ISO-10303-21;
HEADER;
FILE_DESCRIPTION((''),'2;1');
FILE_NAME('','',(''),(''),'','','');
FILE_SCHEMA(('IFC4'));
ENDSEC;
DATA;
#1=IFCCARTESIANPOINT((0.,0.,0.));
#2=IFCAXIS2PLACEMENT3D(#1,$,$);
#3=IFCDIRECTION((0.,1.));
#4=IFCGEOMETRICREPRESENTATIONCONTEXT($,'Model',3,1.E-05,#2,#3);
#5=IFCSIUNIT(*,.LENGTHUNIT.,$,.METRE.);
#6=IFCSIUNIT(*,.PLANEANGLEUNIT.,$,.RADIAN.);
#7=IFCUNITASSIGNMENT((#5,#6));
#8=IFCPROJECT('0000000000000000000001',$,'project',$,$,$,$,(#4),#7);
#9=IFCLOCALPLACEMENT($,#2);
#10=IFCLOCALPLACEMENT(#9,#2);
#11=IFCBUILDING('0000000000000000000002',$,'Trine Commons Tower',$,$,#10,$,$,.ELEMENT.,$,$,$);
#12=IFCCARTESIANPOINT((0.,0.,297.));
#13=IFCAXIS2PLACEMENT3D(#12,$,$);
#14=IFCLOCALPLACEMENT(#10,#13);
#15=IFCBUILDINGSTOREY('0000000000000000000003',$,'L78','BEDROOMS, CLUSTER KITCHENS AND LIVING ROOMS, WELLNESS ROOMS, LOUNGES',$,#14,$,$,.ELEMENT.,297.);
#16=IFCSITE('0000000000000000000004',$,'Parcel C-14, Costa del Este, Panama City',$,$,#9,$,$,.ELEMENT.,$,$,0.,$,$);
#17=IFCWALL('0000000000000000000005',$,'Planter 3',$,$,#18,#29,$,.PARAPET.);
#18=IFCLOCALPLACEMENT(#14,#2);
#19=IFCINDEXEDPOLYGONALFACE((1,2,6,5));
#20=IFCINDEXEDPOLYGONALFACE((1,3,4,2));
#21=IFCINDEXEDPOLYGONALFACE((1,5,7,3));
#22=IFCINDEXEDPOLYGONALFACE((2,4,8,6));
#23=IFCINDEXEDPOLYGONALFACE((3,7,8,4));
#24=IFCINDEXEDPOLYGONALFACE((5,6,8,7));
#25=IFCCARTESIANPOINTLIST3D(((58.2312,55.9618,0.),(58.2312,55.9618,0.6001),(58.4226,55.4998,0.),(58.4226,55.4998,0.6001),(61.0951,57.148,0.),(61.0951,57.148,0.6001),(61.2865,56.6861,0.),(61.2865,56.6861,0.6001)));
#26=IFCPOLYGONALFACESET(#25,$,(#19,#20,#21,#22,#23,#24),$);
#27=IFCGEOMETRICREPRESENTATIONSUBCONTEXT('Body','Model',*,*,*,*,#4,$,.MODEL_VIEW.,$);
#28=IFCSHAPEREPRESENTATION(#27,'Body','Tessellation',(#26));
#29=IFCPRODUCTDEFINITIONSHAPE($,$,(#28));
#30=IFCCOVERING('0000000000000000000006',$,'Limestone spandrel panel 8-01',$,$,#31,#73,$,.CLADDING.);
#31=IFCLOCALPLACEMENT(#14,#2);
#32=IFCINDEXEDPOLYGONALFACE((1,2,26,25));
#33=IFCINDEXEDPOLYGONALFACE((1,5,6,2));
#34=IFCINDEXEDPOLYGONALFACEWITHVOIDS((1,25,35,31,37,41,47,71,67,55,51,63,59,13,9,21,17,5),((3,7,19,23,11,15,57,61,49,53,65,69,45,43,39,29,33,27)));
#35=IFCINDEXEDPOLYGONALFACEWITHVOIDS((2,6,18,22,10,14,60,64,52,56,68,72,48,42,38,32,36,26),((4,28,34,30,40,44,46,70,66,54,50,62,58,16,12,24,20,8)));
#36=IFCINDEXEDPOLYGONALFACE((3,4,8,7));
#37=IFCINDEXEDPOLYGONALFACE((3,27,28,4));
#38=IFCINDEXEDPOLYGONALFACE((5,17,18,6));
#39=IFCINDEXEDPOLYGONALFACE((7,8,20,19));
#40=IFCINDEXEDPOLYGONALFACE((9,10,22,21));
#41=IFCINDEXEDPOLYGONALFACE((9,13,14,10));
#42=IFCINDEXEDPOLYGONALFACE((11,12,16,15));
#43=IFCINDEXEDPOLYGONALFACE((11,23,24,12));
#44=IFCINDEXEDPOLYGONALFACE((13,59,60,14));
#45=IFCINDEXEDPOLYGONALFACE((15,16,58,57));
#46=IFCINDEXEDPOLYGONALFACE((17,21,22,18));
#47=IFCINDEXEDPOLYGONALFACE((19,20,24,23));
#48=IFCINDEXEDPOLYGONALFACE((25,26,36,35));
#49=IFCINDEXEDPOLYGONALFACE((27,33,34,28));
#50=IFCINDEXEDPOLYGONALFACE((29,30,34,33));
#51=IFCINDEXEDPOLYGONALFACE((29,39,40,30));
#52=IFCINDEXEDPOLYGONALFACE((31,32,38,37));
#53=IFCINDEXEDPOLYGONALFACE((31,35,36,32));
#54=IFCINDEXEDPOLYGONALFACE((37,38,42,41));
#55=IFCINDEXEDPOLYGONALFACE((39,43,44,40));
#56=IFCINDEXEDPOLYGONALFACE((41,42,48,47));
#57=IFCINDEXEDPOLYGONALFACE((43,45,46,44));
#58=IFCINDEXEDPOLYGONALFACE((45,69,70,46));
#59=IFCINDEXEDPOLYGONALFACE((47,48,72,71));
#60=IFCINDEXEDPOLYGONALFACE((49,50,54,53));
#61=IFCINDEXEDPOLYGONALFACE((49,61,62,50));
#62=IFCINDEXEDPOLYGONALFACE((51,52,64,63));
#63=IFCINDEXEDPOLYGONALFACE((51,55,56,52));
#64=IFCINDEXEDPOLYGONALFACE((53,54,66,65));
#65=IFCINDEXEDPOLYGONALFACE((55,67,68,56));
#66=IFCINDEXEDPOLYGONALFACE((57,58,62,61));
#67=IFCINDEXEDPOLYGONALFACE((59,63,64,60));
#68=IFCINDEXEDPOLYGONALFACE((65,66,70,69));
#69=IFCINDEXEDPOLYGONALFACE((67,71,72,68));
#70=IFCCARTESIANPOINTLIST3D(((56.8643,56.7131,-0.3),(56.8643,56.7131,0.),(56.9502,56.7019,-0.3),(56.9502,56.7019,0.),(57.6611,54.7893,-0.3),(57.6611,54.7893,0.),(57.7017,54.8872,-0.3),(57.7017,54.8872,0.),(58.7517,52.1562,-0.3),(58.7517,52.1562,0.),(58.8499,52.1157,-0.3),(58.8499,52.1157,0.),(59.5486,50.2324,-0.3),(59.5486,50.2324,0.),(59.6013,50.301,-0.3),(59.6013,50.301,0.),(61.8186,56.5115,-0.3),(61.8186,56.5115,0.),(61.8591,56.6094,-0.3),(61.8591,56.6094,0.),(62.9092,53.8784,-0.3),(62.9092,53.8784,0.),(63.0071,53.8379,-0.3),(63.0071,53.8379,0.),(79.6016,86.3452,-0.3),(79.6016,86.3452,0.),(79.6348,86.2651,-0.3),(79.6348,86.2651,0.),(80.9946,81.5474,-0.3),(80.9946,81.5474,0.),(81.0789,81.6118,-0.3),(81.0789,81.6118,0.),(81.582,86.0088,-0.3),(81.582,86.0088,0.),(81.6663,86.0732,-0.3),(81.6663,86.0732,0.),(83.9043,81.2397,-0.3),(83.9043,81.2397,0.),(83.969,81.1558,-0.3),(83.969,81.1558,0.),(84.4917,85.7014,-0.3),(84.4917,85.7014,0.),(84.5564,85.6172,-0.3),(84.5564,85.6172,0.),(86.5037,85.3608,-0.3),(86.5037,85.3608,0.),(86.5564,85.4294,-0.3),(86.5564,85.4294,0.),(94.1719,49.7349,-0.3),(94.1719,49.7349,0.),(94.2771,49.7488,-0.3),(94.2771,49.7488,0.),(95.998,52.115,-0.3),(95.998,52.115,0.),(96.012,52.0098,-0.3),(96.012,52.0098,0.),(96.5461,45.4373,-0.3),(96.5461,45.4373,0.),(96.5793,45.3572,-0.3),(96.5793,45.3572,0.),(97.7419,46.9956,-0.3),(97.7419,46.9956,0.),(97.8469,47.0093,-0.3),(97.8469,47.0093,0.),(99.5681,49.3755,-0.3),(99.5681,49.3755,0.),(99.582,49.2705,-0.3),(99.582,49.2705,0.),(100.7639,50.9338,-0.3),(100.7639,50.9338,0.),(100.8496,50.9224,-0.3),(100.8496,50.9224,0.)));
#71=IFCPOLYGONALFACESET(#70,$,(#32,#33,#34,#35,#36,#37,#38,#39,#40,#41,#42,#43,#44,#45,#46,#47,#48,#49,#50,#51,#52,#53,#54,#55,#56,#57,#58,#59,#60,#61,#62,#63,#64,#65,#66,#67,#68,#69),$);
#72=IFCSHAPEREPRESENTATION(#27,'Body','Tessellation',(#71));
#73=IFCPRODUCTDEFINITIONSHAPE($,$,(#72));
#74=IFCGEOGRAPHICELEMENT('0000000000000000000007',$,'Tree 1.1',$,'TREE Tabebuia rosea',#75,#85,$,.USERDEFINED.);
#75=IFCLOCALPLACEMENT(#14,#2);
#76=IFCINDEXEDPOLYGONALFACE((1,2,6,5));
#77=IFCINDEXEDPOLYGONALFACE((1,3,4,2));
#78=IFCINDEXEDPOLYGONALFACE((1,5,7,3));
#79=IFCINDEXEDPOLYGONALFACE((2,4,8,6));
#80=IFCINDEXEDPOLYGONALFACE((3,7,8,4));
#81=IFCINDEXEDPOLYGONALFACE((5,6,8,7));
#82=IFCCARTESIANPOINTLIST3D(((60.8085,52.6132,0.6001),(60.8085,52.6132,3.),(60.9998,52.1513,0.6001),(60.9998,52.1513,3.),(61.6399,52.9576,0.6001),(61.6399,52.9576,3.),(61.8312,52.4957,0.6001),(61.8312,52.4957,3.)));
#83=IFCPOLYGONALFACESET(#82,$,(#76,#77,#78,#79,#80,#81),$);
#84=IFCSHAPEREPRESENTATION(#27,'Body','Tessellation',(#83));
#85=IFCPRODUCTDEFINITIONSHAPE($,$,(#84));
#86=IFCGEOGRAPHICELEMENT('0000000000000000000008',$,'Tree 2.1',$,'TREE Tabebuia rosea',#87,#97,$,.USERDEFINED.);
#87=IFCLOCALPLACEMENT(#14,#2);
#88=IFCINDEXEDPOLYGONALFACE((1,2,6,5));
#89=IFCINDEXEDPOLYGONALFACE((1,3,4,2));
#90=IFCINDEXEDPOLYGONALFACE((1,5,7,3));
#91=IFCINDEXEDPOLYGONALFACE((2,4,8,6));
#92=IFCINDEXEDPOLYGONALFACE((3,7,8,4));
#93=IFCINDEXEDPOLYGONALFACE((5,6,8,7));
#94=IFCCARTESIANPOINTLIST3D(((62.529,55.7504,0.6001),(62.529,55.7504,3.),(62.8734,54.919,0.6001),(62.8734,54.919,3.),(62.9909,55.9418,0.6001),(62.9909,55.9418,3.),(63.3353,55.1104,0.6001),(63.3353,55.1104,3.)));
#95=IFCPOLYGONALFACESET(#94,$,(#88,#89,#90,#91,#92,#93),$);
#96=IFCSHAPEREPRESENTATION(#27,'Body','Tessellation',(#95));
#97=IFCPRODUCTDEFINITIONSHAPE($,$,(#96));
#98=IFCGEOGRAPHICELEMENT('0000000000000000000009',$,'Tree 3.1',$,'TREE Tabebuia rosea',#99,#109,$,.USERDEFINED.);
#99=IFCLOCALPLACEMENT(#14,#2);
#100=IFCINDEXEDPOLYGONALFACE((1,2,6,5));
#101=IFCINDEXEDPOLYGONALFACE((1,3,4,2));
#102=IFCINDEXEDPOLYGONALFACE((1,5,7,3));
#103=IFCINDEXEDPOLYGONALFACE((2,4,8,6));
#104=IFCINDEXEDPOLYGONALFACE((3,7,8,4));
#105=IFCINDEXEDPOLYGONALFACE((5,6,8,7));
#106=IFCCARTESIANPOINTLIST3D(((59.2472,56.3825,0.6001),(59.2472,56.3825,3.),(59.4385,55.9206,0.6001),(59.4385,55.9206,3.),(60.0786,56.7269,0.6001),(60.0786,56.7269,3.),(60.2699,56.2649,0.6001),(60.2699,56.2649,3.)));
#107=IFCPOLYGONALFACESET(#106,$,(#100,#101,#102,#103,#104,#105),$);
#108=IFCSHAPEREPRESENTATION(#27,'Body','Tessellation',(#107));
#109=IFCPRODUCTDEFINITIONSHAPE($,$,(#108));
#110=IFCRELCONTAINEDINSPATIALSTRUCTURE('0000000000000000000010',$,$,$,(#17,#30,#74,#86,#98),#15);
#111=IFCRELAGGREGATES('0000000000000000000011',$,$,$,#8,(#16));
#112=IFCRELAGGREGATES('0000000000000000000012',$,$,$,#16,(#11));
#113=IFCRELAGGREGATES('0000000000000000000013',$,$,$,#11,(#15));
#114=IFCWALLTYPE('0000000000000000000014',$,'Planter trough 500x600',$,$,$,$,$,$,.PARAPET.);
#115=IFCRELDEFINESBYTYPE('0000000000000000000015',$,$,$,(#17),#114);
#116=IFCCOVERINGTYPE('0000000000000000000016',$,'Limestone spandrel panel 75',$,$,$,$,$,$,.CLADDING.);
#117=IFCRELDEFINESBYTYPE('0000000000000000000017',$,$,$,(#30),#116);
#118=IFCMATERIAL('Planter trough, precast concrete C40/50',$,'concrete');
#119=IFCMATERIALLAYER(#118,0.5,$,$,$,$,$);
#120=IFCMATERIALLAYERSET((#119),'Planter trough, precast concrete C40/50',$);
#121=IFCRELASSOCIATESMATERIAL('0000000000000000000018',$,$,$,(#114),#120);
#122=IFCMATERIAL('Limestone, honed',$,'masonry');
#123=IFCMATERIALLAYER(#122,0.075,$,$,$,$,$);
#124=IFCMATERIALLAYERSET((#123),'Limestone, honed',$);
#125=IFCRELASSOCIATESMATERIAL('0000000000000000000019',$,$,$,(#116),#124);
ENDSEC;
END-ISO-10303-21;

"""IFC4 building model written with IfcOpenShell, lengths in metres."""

from ifc_helpers import new_model, si_unit, direction, frame, frame_2d, origin, origin_2d, place, context, subcontext, project, spatial, polyline, rectangle, outline, extrude, material, layer, layer_set, type_object, element, save


model = new_model("IFC4")

# Units and contexts
model_context = context("Model", 3, precision=1e-05, world=origin(), true_north=direction((0.0, 1.0)))
body_context = subcontext(model_context, "Body", "Model", "MODEL_VIEW")
ifc_project = project(units=[si_unit("LENGTHUNIT", "METRE"), si_unit("PLANEANGLEUNIT", "RADIAN")], contexts=[model_context])

# Site, building, storey
site_placement = place(None, origin())
site = spatial("IfcSite", under=ifc_project, at=site_placement, Name="Parcel C-14, Costa del Este, Panama City", CompositionType="ELEMENT", RefElevation=0.0)
building_placement = place(site_placement, origin())
building = spatial("IfcBuilding", under=site, at=building_placement, Name="Trine Commons Tower", CompositionType="ELEMENT")
storey_placement = place(building_placement, frame((0.0, 0.0, 297.0)))
storey = spatial("IfcBuildingStorey", under=building, at=storey_placement, Name="L78", Description="BEDROOMS, CLUSTER KITCHENS AND LIVING ROOMS, WELLNESS ROOMS, LOUNGES", CompositionType="ELEMENT", Elevation=297.0)

# Wall
ifc_material_1 = material(Name="Planter trough, precast concrete C40/50", Category="concrete")
ifc_layer_1 = layer(ifc_material_1, 0.5)
ifc_layer_set_1 = layer_set([ifc_layer_1], Name="Planter trough, precast concrete C40/50")
wall_type_1 = type_object("IfcWallType", Name="Planter trough 500x600", PredefinedType="PARAPET", material=ifc_layer_set_1)
wall_1_placement = place(storey_placement, frame((61.1907, 56.917, 0.0), z_axis=(0.0, 0.0, 1.0), x_axis=(-0.923883, -0.382674, 0.0)))
element("IfcWall", 1, at=wall_1_placement, inside=storey, type_object=wall_type_1, Name="Planter 3", PredefinedType="PARAPET", context=body_context, shape_type="SweptSolid", body=[
    extrude(rectangle(XDim=3.0999, YDim=0.5, at=frame_2d((1.5498, 0.0))), origin(), (0.0, 0.0, 1.0), 0.6001),
])

# Covering
ifc_material_2 = material(Name="Limestone, honed", Category="masonry")
ifc_layer_2 = layer(ifc_material_2, 0.075)
ifc_layer_set_2 = layer_set([ifc_layer_2], Name="Limestone, honed")
covering_type = type_object("IfcCoveringType", Name="Limestone spandrel panel 75", PredefinedType="CLADDING", material=ifc_layer_set_2)
covering_placement = place(storey_placement, frame((0.0, 0.0, -0.3)))
element("IfcCovering", 2, at=covering_placement, inside=storey, type_object=covering_type, Name="Limestone spandrel panel 8-01", PredefinedType="CLADDING", context=body_context, shape_type="SweptSolid", body=[
    extrude(outline(polyline([(96.012, 52.0098), (99.582, 49.2705), (100.8496, 50.9224), (86.5564, 85.4294), (84.4917, 85.7014), (83.9043, 81.2397), (81.0789, 81.6118), (81.6663, 86.0732), (79.6016, 86.3452), (56.8643, 56.7131), (57.6611, 54.7893), (61.8186, 56.5115), (62.9092, 53.8784), (58.7517, 52.1562), (59.5486, 50.2324), (96.5793, 45.3572), (97.8469, 47.0093), (94.2771, 49.7488), (96.012, 52.0098)]), holes=[polyline([(84.5564, 85.6172), (86.5037, 85.3608), (100.7639, 50.9338), (99.5681, 49.3755), (95.998, 52.115), (94.1719, 49.7349), (97.7419, 46.9956), (96.5461, 45.4373), (59.6013, 50.301), (58.8499, 52.1157), (63.0071, 53.8379), (61.8591, 56.6094), (57.7017, 54.8872), (56.9502, 56.7019), (79.6348, 86.2651), (81.582, 86.0088), (80.9946, 81.5474), (83.969, 81.1558), (84.5564, 85.6172)])]), origin(), (0.0, 0.0, 1.0), 0.3),
])

# Geographic elements
for number, where, z_axis, x_axis, name in (
    (3, (61.3198, 52.5544, 0.6001), (0.0, 0.0, 1.0), (0.923886, 0.382669, 0.0), "Tree 1.1"),
    (4, (62.9321, 55.4304, 0.6001), (0.0, 0.0, 1.0), (-0.382688, 0.923878, 0.0), "Tree 2.1"),
    (5, (59.7585, 56.3237, 0.6001), (0.0, 0.0, 1.0), (-0.923886, -0.382669, 0.0), "Tree 3.1"),
):
    element("IfcGeographicElement", number, at=place(storey_placement, frame(where, z_axis=z_axis, x_axis=x_axis)), inside=storey, Name=name, ObjectType="TREE Tabebuia rosea", PredefinedType="USERDEFINED", context=body_context, shape_type="SweptSolid", body=[
        extrude(rectangle(XDim=0.8999, YDim=0.5, at=origin_2d()), origin(), (0.0, 0.0, 1.0), 2.3999),
    ])

save(model, "model.ifc")
